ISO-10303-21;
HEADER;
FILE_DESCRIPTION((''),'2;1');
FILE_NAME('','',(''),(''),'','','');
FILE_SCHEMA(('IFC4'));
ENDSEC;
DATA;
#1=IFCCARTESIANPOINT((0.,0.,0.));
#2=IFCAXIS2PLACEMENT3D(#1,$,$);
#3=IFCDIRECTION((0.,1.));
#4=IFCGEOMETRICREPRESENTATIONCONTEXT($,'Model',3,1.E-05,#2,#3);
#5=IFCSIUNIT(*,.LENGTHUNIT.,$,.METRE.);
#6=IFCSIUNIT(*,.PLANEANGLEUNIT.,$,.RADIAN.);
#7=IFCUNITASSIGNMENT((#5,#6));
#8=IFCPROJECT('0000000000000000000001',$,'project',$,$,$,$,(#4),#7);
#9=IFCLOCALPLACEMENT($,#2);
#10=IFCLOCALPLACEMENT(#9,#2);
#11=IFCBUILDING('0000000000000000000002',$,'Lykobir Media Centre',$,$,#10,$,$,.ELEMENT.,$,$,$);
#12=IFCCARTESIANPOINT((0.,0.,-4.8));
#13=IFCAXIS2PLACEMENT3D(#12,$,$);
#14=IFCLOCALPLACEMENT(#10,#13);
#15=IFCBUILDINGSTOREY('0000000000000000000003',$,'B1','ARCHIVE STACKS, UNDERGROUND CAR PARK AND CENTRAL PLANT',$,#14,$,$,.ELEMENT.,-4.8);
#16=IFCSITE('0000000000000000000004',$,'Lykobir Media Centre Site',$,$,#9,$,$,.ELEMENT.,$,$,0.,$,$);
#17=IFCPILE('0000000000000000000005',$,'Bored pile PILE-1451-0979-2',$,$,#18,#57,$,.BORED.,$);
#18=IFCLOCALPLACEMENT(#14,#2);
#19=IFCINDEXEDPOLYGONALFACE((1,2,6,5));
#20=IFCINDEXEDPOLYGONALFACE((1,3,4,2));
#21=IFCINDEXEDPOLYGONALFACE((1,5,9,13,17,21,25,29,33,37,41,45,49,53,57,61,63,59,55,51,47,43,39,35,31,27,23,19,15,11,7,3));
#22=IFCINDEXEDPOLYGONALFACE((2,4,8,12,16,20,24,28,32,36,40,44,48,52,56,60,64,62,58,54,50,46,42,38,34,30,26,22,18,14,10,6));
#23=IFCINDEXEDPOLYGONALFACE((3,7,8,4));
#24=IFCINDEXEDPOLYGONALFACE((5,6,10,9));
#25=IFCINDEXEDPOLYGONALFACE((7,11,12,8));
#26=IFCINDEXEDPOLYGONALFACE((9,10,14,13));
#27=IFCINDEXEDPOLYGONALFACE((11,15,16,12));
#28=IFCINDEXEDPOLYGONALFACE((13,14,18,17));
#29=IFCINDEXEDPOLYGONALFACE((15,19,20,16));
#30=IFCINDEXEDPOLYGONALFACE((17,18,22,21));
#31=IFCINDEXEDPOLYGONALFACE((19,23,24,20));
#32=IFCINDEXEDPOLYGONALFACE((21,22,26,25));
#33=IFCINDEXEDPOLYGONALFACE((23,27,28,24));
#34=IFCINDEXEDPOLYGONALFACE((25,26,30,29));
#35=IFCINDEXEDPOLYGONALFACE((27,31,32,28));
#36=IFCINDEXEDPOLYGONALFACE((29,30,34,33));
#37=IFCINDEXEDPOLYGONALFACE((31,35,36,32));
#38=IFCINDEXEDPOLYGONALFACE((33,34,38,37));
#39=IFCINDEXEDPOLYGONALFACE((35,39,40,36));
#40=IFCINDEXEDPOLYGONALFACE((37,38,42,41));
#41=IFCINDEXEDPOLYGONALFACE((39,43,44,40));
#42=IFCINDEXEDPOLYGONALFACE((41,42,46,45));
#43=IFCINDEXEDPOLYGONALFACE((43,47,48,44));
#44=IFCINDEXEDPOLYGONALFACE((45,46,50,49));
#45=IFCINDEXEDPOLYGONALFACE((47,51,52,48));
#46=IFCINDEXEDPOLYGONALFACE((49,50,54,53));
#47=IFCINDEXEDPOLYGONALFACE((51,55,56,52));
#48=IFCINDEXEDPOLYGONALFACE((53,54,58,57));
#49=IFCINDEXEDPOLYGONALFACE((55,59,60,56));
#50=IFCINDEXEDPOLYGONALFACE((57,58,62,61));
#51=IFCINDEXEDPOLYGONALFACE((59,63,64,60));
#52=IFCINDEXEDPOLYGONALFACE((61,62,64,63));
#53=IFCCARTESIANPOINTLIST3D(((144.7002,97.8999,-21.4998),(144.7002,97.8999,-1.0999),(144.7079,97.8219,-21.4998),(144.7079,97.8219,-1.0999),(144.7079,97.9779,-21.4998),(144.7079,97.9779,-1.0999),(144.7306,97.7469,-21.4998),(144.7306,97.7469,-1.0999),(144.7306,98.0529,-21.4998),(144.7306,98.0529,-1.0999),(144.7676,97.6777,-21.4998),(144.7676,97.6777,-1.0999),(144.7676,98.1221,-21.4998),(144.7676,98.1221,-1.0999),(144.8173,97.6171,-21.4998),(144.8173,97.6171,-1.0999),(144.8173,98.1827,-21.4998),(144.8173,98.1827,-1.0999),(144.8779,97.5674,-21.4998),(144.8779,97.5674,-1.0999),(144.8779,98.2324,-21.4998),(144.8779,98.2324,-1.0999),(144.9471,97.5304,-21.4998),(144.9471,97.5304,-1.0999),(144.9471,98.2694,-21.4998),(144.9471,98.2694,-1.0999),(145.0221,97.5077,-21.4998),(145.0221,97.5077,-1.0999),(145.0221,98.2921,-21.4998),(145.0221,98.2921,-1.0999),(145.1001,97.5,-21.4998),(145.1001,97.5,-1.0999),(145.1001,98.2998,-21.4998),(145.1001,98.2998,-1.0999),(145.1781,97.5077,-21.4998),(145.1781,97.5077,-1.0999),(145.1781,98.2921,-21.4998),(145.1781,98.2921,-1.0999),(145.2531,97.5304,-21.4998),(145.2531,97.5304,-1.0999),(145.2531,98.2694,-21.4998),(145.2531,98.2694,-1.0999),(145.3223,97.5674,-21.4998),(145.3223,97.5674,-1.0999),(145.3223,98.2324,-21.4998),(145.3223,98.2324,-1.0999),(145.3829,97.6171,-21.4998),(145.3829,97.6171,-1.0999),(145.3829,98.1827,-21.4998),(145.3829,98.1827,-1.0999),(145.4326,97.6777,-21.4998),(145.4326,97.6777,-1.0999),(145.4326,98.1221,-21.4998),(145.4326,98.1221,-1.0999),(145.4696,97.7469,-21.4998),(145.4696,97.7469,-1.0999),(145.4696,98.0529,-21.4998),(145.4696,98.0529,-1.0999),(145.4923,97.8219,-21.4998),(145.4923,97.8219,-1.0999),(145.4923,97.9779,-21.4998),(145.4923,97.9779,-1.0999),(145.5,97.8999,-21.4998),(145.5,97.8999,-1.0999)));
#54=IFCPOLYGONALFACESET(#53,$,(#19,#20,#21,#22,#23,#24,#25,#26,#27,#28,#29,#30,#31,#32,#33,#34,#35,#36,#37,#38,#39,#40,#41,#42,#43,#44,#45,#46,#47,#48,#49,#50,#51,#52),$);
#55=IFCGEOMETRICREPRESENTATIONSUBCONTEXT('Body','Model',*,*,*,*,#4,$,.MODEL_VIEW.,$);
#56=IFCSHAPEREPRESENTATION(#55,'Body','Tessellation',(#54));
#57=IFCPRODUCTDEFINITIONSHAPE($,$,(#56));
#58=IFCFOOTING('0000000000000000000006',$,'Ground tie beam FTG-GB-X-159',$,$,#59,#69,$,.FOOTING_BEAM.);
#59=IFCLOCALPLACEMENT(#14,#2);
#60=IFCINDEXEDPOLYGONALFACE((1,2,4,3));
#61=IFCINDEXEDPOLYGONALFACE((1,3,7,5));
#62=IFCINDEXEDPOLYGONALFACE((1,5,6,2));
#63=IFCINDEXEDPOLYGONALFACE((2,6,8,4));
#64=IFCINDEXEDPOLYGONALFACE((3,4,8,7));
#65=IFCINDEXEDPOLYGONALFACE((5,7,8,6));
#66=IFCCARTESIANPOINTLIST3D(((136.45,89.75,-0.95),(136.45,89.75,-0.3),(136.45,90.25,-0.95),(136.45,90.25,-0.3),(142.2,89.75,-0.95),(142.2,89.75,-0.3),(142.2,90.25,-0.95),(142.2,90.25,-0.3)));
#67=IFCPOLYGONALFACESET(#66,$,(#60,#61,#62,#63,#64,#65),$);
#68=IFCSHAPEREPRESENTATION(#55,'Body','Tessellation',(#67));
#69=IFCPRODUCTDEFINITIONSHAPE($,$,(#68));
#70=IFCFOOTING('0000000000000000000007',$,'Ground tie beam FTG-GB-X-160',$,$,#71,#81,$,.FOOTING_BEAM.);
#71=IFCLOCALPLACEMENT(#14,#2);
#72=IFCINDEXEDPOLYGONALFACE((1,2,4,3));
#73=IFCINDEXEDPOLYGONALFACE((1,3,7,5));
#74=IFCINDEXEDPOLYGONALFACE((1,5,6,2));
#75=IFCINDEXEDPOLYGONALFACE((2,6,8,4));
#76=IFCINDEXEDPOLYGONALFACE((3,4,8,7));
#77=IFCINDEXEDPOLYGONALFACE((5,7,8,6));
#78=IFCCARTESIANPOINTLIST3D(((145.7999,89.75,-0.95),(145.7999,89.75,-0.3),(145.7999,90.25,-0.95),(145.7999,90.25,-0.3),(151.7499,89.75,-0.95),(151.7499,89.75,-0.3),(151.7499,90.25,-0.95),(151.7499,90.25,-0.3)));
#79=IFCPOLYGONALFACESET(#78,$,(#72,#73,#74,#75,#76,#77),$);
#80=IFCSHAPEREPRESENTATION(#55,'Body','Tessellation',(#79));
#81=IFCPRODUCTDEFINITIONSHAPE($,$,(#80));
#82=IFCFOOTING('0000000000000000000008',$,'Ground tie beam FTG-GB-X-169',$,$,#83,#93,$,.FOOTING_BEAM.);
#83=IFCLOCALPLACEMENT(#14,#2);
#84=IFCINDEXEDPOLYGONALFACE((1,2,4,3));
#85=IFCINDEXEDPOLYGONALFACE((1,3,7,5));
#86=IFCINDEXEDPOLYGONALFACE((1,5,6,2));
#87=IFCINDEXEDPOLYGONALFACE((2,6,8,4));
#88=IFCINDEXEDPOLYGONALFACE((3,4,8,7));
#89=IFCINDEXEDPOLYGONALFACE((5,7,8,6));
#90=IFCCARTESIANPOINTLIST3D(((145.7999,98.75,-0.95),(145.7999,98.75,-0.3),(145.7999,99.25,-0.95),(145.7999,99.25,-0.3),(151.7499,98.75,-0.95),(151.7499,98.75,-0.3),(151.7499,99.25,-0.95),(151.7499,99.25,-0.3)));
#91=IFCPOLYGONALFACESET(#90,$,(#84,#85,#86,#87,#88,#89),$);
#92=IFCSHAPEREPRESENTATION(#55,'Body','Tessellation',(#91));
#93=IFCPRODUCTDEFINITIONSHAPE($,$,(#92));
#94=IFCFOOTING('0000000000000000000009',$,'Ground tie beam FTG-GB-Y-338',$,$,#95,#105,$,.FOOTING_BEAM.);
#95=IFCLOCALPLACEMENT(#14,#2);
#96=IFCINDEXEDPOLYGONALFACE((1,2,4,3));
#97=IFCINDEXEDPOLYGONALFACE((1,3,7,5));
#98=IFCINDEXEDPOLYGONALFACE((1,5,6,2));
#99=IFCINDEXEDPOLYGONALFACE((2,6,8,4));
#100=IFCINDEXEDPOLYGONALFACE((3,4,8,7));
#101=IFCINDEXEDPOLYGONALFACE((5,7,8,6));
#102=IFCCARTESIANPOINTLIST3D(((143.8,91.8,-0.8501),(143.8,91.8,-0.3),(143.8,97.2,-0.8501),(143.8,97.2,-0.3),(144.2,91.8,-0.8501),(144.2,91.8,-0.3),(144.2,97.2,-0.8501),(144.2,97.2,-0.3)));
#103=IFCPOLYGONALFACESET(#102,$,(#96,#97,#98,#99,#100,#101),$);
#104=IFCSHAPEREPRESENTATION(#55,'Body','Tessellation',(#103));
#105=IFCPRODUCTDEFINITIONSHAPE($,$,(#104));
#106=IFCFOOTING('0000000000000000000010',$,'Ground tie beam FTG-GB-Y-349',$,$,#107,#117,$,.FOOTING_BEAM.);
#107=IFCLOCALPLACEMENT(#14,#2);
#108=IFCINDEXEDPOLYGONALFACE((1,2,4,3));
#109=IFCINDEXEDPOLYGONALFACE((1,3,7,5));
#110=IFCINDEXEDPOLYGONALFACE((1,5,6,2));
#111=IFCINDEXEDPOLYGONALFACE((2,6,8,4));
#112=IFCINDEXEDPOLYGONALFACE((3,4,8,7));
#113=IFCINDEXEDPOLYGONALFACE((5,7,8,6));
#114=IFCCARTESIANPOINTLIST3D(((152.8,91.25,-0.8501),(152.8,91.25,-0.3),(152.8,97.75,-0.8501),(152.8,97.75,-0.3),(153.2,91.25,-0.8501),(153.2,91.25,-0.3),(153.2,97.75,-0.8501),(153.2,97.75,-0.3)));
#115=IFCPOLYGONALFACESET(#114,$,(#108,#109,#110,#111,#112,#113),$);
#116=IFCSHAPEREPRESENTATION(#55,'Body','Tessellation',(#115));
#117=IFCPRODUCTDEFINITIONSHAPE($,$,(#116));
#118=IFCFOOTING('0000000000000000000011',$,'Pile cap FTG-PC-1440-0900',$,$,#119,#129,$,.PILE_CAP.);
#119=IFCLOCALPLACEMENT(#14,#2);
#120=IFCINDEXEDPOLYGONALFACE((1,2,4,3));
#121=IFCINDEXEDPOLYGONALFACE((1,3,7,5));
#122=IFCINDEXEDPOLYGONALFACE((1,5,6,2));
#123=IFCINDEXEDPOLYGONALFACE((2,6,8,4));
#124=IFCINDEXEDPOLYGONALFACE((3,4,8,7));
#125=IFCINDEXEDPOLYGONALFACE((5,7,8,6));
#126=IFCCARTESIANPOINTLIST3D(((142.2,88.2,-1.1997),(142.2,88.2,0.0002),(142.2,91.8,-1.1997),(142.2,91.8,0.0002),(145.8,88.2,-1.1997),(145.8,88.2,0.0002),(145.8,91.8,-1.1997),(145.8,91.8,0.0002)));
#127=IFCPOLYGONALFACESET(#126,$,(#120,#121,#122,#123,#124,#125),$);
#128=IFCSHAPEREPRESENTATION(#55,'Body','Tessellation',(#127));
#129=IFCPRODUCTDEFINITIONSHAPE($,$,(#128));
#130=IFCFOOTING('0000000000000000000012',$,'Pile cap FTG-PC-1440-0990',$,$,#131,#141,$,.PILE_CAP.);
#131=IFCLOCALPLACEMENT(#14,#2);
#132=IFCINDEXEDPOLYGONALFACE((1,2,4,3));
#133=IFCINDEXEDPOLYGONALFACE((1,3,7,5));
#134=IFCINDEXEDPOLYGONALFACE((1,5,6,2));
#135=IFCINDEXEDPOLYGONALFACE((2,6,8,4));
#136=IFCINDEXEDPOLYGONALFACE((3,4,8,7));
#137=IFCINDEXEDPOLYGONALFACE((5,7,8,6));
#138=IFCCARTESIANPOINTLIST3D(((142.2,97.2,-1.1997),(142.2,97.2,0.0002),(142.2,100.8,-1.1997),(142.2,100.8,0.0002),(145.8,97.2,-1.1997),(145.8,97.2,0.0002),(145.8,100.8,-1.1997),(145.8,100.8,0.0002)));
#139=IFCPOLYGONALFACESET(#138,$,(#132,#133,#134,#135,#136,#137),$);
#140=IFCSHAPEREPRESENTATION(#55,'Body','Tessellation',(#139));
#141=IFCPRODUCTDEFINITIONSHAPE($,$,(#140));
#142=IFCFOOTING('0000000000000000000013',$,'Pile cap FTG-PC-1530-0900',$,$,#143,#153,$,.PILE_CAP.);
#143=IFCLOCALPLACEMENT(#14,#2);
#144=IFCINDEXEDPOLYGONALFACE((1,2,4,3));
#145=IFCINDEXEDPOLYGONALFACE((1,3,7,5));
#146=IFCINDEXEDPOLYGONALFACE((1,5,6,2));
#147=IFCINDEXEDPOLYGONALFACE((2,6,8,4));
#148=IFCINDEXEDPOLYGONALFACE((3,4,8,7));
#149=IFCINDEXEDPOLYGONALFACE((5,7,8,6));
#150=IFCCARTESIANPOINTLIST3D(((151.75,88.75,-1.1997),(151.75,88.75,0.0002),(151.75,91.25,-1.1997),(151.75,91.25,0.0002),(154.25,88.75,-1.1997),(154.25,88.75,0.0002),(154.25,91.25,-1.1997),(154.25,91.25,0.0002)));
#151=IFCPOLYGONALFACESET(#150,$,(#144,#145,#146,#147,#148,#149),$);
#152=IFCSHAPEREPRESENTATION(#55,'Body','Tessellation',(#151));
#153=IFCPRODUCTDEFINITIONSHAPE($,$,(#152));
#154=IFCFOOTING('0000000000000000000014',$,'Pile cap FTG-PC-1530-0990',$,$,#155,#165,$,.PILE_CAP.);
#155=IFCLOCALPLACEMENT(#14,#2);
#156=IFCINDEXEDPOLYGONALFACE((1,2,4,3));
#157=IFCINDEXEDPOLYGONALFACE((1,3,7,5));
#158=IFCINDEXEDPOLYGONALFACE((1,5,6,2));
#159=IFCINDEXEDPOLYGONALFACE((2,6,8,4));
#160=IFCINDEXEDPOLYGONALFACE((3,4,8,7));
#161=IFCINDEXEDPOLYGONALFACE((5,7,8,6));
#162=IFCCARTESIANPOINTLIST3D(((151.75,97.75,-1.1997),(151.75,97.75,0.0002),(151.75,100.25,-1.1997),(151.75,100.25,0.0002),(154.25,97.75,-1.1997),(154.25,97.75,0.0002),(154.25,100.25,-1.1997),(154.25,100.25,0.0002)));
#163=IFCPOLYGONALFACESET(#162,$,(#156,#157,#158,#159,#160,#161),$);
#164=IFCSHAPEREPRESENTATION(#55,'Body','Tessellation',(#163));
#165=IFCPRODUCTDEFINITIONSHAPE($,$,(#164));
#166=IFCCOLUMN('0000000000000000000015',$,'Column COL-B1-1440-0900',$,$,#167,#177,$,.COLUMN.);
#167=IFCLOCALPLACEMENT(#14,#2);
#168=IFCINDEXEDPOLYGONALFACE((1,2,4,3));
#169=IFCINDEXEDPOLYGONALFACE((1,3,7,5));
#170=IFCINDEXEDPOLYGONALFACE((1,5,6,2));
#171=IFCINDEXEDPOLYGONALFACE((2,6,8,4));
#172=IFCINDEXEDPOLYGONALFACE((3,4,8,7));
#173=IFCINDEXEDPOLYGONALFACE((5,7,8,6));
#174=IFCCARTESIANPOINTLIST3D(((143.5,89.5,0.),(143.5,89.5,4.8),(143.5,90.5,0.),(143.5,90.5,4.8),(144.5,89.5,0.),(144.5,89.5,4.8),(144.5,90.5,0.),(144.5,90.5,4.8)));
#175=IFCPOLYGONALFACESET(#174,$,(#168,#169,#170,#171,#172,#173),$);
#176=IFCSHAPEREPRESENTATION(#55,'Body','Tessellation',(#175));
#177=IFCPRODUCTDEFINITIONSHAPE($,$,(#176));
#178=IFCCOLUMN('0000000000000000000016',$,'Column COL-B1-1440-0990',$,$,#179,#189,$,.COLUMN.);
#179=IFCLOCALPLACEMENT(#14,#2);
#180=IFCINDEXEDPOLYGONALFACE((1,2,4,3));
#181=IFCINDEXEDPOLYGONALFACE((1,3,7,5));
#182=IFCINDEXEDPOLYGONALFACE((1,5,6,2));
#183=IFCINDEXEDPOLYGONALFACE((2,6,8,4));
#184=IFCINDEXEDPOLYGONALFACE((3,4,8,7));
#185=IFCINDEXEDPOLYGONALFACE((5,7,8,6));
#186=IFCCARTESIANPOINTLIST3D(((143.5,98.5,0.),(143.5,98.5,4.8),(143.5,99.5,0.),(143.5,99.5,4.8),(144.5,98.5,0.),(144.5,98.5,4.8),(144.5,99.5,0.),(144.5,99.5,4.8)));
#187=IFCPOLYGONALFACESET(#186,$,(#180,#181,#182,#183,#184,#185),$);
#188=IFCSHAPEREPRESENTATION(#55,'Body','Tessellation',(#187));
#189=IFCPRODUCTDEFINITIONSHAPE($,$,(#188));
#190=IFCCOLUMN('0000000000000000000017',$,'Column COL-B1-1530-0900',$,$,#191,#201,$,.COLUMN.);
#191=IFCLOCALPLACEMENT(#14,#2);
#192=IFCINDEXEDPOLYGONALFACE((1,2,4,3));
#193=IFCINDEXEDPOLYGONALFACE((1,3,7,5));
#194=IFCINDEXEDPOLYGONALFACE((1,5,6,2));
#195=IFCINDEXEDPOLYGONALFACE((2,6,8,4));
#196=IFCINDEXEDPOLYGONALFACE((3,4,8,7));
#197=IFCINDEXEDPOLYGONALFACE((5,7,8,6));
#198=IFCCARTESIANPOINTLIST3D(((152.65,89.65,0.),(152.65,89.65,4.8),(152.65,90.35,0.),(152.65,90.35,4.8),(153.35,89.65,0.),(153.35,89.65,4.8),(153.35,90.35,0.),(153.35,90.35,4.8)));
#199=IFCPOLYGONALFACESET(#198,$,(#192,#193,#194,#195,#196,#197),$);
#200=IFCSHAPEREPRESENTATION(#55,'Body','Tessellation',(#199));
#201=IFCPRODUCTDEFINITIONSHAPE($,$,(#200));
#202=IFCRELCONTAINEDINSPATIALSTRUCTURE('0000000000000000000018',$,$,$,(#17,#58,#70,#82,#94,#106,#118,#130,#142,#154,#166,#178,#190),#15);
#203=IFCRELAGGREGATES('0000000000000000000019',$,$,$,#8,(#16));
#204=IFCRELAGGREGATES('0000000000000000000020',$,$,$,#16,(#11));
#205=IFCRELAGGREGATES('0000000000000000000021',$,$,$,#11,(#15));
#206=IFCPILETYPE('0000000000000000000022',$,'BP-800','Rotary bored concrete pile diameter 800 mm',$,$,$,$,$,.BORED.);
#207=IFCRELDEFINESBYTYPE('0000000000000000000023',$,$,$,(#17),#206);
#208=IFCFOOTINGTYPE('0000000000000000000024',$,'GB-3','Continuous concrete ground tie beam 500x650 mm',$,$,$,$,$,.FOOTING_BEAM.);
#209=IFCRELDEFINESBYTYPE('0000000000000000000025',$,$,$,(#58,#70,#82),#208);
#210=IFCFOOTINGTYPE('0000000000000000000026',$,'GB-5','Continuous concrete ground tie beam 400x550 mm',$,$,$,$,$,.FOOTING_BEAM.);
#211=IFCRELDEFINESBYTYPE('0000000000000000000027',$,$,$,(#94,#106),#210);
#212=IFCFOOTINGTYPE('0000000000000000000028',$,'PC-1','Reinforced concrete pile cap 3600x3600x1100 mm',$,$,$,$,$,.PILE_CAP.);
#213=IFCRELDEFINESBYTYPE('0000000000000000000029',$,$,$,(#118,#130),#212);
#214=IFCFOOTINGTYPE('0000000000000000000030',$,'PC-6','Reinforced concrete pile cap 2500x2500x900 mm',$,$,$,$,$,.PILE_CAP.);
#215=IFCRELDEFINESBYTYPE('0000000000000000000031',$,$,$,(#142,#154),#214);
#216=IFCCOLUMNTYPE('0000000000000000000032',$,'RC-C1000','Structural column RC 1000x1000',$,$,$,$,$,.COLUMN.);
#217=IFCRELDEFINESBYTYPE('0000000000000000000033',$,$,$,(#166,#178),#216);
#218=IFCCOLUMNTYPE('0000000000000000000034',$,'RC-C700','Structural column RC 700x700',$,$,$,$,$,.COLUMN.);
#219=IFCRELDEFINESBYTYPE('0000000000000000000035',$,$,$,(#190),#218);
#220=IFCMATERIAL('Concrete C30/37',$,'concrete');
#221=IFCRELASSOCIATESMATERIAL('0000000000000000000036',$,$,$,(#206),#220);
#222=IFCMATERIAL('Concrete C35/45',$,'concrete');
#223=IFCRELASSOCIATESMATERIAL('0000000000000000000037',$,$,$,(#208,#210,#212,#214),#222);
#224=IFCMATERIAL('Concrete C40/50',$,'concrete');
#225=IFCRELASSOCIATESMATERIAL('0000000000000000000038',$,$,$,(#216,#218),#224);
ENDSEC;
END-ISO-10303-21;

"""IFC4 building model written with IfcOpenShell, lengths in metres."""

from ifc_helpers import new_model, si_unit, direction, frame, origin, origin_2d, place, context, subcontext, project, spatial, rectangle, circle, extrude, material, material_profile, profile_set, type_object, element, save


model = new_model("IFC4")

# Units and contexts
model_context = context("Model", 3, precision=1e-05, world=origin(), true_north=direction((0.0, 1.0)))
body_context = subcontext(model_context, "Body", "Model", "MODEL_VIEW")
ifc_project = project(units=[si_unit("LENGTHUNIT", "METRE"), si_unit("PLANEANGLEUNIT", "RADIAN")], contexts=[model_context])

# Site, building, storey
site_placement = place(None, origin())
site = spatial("IfcSite", under=ifc_project, at=site_placement, Name="Lykobir Media Centre Site", CompositionType="ELEMENT", RefElevation=0.0)
building_placement = place(site_placement, origin())
building = spatial("IfcBuilding", under=site, at=building_placement, Name="Lykobir Media Centre", CompositionType="ELEMENT")
storey_placement = place(building_placement, frame((0.0, 0.0, -4.8)))
storey = spatial("IfcBuildingStorey", under=building, at=storey_placement, Name="B1", Description="ARCHIVE STACKS, UNDERGROUND CAR PARK AND CENTRAL PLANT", CompositionType="ELEMENT", Elevation=-4.8)

# Pile
ifc_material_1 = material(Name="Concrete C30/37", Category="concrete")
ifc_material_profile_1 = material_profile(ifc_material_1, circle(Radius=0.3999, at=origin_2d()), Name="BORED PILE D800")
ifc_profile_set_1 = profile_set([ifc_material_profile_1], Name="Concrete C30/37")
pile_type_1 = type_object("IfcPileType", Name="BP-800", Description="Rotary bored concrete pile diameter 800 mm", PredefinedType="BORED", material=ifc_profile_set_1)
for number, where, z_axis, x_axis, name in (
    (1, (145.1001, 97.8999, -1.0999), (0.0, 0.0, -1.0), (1.0, 0.0, 0.0), "Bored pile PILE-1451-0979-2"),
):
    element("IfcPile", number, at=place(storey_placement, frame(where, z_axis=z_axis, x_axis=x_axis)), inside=storey, type_object=pile_type_1, Name=name, PredefinedType="BORED", context=body_context, shape_type="SweptSolid", body=[
        extrude(circle(Radius=0.3999, at=origin_2d()), origin(), (0.0, 0.0, 1.0), 20.3999),
    ])

# Footings
ifc_material_2 = material(Name="Concrete C35/45", Category="concrete")
footing_type_1 = type_object("IfcFootingType", Name="GB-3", Description="Continuous concrete ground tie beam 500x650 mm", PredefinedType="FOOTING_BEAM", material=ifc_material_2)
footing_1_placement = place(storey_placement, frame((139.325, 90.0, -0.95), z_axis=(0.0, 0.0, 1.0), x_axis=(1.0, 0.0, 0.0)))
element("IfcFooting", 2, at=footing_1_placement, inside=storey, type_object=footing_type_1, Name="Ground tie beam FTG-GB-X-159", PredefinedType="FOOTING_BEAM", context=body_context, shape_type="SweptSolid", body=[
    extrude(rectangle(XDim=5.75, YDim=0.5, at=origin_2d()), origin(), (0.0, 0.0, 1.0), 0.6499),
])
for number, where, z_axis, x_axis, name in (
    (3, (148.7749, 90.0, -0.95), (0.0, 0.0, 1.0), (1.0, 0.0, 0.0), "Ground tie beam FTG-GB-X-160"),
    (4, (148.7749, 99.0, -0.95), (0.0, 0.0, 1.0), (1.0, 0.0, 0.0), "Ground tie beam FTG-GB-X-169"),
):
    element("IfcFooting", number, at=place(storey_placement, frame(where, z_axis=z_axis, x_axis=x_axis)), inside=storey, type_object=footing_type_1, Name=name, PredefinedType="FOOTING_BEAM", context=body_context, shape_type="SweptSolid", body=[
        extrude(rectangle(XDim=5.95, YDim=0.5, at=origin_2d()), origin(), (0.0, 0.0, 1.0), 0.6499),
    ])
footing_type_2 = type_object("IfcFootingType", Name="GB-5", Description="Continuous concrete ground tie beam 400x550 mm", PredefinedType="FOOTING_BEAM", material=ifc_material_2)
footing_2_placement = place(storey_placement, frame((144.0, 94.5, -0.8501), z_axis=(0.0, 0.0, 1.0), x_axis=(0.0, 1.0, 0.0)))
element("IfcFooting", 5, at=footing_2_placement, inside=storey, type_object=footing_type_2, Name="Ground tie beam FTG-GB-Y-338", PredefinedType="FOOTING_BEAM", context=body_context, shape_type="SweptSolid", body=[
    extrude(rectangle(XDim=5.3999, YDim=0.3999, at=origin_2d()), origin(), (0.0, 0.0, 1.0), 0.55),
])
footing_3_placement = place(storey_placement, frame((153.0, 94.5, -0.8501), z_axis=(0.0, 0.0, 1.0), x_axis=(0.0, 1.0, 0.0)))
element("IfcFooting", 6, at=footing_3_placement, inside=storey, type_object=footing_type_2, Name="Ground tie beam FTG-GB-Y-349", PredefinedType="FOOTING_BEAM", context=body_context, shape_type="SweptSolid", body=[
    extrude(rectangle(XDim=6.5, YDim=0.3999, at=origin_2d()), origin(), (0.0, 0.0, 1.0), 0.55),
])
footing_type_3 = type_object("IfcFootingType", Name="PC-1", Description="Reinforced concrete pile cap 3600x3600x1100 mm", PredefinedType="PILE_CAP", material=ifc_material_2)
for number, where, z_axis, x_axis, name in (
    (7, (144.0, 90.0, -1.1997), (0.0, 0.0, 1.0), (1.0, 0.0, 0.0), "Pile cap FTG-PC-1440-0900"),
    (8, (144.0, 99.0, -1.1997), (0.0, 0.0, 1.0), (1.0, 0.0, 0.0), "Pile cap FTG-PC-1440-0990"),
):
    element("IfcFooting", number, at=place(storey_placement, frame(where, z_axis=z_axis, x_axis=x_axis)), inside=storey, type_object=footing_type_3, Name=name, PredefinedType="PILE_CAP", context=body_context, shape_type="SweptSolid", body=[
        extrude(rectangle(XDim=3.6001, YDim=3.6001, at=origin_2d()), origin(), (0.0, 0.0, 1.0), 1.2),
    ])
footing_type_4 = type_object("IfcFootingType", Name="PC-6", Description="Reinforced concrete pile cap 2500x2500x900 mm", PredefinedType="PILE_CAP", material=ifc_material_2)
for number, where, z_axis, x_axis, name in (
    (9, (153.0, 90.0, -1.1997), (0.0, 0.0, 1.0), (1.0, 0.0, 0.0), "Pile cap FTG-PC-1530-0900"),
    (10, (153.0, 99.0, -1.1997), (0.0, 0.0, 1.0), (1.0, 0.0, 0.0), "Pile cap FTG-PC-1530-0990"),
):
    element("IfcFooting", number, at=place(storey_placement, frame(where, z_axis=z_axis, x_axis=x_axis)), inside=storey, type_object=footing_type_4, Name=name, PredefinedType="PILE_CAP", context=body_context, shape_type="SweptSolid", body=[
        extrude(rectangle(XDim=2.5, YDim=2.5, at=origin_2d()), origin(), (0.0, 0.0, 1.0), 1.2),
    ])

# Columns
ifc_material_3 = material(Name="Concrete C40/50", Category="concrete")
ifc_material_profile_2 = material_profile(ifc_material_3, rectangle(XDim=1.0, YDim=1.0, at=origin_2d()), Name="RC 1000x1000")
ifc_profile_set_2 = profile_set([ifc_material_profile_2], Name="Concrete C40/50")
column_type_1 = type_object("IfcColumnType", Name="RC-C1000", Description="Structural column RC 1000x1000", PredefinedType="COLUMN", material=ifc_profile_set_2)
for number, where, z_axis, x_axis, name in (
    (11, (144.0, 90.0, 0.0), (0.0, 0.0, 1.0), (1.0, 0.0, 0.0), "Column COL-B1-1440-0900"),
    (12, (144.0, 99.0, 0.0), (0.0, 0.0, 1.0), (1.0, 0.0, 0.0), "Column COL-B1-1440-0990"),
):
    element("IfcColumn", number, at=place(storey_placement, frame(where, z_axis=z_axis, x_axis=x_axis)), inside=storey, type_object=column_type_1, Name=name, PredefinedType="COLUMN", context=body_context, shape_type="SweptSolid", body=[
        extrude(rectangle(XDim=1.0, YDim=1.0, at=origin_2d()), origin(), (0.0, 0.0, 1.0), 4.8),
    ])
ifc_material_profile_3 = material_profile(ifc_material_3, rectangle(XDim=0.7, YDim=0.7, at=origin_2d()), Name="RC 700x700")
ifc_profile_set_3 = profile_set([ifc_material_profile_3], Name="Concrete C40/50")
column_type_2 = type_object("IfcColumnType", Name="RC-C700", Description="Structural column RC 700x700", PredefinedType="COLUMN", material=ifc_profile_set_3)
column_1_placement = place(storey_placement, frame((153.0, 90.0, 0.0), z_axis=(0.0, 0.0, 1.0), x_axis=(1.0, 0.0, 0.0)))
element("IfcColumn", 13, at=column_1_placement, inside=storey, type_object=column_type_2, Name="Column COL-B1-1530-0900", PredefinedType="COLUMN", context=body_context, shape_type="SweptSolid", body=[
    extrude(rectangle(XDim=0.7, YDim=0.7, at=origin_2d()), origin(), (0.0, 0.0, 1.0), 4.8),
])

save(model, "model.ifc")
